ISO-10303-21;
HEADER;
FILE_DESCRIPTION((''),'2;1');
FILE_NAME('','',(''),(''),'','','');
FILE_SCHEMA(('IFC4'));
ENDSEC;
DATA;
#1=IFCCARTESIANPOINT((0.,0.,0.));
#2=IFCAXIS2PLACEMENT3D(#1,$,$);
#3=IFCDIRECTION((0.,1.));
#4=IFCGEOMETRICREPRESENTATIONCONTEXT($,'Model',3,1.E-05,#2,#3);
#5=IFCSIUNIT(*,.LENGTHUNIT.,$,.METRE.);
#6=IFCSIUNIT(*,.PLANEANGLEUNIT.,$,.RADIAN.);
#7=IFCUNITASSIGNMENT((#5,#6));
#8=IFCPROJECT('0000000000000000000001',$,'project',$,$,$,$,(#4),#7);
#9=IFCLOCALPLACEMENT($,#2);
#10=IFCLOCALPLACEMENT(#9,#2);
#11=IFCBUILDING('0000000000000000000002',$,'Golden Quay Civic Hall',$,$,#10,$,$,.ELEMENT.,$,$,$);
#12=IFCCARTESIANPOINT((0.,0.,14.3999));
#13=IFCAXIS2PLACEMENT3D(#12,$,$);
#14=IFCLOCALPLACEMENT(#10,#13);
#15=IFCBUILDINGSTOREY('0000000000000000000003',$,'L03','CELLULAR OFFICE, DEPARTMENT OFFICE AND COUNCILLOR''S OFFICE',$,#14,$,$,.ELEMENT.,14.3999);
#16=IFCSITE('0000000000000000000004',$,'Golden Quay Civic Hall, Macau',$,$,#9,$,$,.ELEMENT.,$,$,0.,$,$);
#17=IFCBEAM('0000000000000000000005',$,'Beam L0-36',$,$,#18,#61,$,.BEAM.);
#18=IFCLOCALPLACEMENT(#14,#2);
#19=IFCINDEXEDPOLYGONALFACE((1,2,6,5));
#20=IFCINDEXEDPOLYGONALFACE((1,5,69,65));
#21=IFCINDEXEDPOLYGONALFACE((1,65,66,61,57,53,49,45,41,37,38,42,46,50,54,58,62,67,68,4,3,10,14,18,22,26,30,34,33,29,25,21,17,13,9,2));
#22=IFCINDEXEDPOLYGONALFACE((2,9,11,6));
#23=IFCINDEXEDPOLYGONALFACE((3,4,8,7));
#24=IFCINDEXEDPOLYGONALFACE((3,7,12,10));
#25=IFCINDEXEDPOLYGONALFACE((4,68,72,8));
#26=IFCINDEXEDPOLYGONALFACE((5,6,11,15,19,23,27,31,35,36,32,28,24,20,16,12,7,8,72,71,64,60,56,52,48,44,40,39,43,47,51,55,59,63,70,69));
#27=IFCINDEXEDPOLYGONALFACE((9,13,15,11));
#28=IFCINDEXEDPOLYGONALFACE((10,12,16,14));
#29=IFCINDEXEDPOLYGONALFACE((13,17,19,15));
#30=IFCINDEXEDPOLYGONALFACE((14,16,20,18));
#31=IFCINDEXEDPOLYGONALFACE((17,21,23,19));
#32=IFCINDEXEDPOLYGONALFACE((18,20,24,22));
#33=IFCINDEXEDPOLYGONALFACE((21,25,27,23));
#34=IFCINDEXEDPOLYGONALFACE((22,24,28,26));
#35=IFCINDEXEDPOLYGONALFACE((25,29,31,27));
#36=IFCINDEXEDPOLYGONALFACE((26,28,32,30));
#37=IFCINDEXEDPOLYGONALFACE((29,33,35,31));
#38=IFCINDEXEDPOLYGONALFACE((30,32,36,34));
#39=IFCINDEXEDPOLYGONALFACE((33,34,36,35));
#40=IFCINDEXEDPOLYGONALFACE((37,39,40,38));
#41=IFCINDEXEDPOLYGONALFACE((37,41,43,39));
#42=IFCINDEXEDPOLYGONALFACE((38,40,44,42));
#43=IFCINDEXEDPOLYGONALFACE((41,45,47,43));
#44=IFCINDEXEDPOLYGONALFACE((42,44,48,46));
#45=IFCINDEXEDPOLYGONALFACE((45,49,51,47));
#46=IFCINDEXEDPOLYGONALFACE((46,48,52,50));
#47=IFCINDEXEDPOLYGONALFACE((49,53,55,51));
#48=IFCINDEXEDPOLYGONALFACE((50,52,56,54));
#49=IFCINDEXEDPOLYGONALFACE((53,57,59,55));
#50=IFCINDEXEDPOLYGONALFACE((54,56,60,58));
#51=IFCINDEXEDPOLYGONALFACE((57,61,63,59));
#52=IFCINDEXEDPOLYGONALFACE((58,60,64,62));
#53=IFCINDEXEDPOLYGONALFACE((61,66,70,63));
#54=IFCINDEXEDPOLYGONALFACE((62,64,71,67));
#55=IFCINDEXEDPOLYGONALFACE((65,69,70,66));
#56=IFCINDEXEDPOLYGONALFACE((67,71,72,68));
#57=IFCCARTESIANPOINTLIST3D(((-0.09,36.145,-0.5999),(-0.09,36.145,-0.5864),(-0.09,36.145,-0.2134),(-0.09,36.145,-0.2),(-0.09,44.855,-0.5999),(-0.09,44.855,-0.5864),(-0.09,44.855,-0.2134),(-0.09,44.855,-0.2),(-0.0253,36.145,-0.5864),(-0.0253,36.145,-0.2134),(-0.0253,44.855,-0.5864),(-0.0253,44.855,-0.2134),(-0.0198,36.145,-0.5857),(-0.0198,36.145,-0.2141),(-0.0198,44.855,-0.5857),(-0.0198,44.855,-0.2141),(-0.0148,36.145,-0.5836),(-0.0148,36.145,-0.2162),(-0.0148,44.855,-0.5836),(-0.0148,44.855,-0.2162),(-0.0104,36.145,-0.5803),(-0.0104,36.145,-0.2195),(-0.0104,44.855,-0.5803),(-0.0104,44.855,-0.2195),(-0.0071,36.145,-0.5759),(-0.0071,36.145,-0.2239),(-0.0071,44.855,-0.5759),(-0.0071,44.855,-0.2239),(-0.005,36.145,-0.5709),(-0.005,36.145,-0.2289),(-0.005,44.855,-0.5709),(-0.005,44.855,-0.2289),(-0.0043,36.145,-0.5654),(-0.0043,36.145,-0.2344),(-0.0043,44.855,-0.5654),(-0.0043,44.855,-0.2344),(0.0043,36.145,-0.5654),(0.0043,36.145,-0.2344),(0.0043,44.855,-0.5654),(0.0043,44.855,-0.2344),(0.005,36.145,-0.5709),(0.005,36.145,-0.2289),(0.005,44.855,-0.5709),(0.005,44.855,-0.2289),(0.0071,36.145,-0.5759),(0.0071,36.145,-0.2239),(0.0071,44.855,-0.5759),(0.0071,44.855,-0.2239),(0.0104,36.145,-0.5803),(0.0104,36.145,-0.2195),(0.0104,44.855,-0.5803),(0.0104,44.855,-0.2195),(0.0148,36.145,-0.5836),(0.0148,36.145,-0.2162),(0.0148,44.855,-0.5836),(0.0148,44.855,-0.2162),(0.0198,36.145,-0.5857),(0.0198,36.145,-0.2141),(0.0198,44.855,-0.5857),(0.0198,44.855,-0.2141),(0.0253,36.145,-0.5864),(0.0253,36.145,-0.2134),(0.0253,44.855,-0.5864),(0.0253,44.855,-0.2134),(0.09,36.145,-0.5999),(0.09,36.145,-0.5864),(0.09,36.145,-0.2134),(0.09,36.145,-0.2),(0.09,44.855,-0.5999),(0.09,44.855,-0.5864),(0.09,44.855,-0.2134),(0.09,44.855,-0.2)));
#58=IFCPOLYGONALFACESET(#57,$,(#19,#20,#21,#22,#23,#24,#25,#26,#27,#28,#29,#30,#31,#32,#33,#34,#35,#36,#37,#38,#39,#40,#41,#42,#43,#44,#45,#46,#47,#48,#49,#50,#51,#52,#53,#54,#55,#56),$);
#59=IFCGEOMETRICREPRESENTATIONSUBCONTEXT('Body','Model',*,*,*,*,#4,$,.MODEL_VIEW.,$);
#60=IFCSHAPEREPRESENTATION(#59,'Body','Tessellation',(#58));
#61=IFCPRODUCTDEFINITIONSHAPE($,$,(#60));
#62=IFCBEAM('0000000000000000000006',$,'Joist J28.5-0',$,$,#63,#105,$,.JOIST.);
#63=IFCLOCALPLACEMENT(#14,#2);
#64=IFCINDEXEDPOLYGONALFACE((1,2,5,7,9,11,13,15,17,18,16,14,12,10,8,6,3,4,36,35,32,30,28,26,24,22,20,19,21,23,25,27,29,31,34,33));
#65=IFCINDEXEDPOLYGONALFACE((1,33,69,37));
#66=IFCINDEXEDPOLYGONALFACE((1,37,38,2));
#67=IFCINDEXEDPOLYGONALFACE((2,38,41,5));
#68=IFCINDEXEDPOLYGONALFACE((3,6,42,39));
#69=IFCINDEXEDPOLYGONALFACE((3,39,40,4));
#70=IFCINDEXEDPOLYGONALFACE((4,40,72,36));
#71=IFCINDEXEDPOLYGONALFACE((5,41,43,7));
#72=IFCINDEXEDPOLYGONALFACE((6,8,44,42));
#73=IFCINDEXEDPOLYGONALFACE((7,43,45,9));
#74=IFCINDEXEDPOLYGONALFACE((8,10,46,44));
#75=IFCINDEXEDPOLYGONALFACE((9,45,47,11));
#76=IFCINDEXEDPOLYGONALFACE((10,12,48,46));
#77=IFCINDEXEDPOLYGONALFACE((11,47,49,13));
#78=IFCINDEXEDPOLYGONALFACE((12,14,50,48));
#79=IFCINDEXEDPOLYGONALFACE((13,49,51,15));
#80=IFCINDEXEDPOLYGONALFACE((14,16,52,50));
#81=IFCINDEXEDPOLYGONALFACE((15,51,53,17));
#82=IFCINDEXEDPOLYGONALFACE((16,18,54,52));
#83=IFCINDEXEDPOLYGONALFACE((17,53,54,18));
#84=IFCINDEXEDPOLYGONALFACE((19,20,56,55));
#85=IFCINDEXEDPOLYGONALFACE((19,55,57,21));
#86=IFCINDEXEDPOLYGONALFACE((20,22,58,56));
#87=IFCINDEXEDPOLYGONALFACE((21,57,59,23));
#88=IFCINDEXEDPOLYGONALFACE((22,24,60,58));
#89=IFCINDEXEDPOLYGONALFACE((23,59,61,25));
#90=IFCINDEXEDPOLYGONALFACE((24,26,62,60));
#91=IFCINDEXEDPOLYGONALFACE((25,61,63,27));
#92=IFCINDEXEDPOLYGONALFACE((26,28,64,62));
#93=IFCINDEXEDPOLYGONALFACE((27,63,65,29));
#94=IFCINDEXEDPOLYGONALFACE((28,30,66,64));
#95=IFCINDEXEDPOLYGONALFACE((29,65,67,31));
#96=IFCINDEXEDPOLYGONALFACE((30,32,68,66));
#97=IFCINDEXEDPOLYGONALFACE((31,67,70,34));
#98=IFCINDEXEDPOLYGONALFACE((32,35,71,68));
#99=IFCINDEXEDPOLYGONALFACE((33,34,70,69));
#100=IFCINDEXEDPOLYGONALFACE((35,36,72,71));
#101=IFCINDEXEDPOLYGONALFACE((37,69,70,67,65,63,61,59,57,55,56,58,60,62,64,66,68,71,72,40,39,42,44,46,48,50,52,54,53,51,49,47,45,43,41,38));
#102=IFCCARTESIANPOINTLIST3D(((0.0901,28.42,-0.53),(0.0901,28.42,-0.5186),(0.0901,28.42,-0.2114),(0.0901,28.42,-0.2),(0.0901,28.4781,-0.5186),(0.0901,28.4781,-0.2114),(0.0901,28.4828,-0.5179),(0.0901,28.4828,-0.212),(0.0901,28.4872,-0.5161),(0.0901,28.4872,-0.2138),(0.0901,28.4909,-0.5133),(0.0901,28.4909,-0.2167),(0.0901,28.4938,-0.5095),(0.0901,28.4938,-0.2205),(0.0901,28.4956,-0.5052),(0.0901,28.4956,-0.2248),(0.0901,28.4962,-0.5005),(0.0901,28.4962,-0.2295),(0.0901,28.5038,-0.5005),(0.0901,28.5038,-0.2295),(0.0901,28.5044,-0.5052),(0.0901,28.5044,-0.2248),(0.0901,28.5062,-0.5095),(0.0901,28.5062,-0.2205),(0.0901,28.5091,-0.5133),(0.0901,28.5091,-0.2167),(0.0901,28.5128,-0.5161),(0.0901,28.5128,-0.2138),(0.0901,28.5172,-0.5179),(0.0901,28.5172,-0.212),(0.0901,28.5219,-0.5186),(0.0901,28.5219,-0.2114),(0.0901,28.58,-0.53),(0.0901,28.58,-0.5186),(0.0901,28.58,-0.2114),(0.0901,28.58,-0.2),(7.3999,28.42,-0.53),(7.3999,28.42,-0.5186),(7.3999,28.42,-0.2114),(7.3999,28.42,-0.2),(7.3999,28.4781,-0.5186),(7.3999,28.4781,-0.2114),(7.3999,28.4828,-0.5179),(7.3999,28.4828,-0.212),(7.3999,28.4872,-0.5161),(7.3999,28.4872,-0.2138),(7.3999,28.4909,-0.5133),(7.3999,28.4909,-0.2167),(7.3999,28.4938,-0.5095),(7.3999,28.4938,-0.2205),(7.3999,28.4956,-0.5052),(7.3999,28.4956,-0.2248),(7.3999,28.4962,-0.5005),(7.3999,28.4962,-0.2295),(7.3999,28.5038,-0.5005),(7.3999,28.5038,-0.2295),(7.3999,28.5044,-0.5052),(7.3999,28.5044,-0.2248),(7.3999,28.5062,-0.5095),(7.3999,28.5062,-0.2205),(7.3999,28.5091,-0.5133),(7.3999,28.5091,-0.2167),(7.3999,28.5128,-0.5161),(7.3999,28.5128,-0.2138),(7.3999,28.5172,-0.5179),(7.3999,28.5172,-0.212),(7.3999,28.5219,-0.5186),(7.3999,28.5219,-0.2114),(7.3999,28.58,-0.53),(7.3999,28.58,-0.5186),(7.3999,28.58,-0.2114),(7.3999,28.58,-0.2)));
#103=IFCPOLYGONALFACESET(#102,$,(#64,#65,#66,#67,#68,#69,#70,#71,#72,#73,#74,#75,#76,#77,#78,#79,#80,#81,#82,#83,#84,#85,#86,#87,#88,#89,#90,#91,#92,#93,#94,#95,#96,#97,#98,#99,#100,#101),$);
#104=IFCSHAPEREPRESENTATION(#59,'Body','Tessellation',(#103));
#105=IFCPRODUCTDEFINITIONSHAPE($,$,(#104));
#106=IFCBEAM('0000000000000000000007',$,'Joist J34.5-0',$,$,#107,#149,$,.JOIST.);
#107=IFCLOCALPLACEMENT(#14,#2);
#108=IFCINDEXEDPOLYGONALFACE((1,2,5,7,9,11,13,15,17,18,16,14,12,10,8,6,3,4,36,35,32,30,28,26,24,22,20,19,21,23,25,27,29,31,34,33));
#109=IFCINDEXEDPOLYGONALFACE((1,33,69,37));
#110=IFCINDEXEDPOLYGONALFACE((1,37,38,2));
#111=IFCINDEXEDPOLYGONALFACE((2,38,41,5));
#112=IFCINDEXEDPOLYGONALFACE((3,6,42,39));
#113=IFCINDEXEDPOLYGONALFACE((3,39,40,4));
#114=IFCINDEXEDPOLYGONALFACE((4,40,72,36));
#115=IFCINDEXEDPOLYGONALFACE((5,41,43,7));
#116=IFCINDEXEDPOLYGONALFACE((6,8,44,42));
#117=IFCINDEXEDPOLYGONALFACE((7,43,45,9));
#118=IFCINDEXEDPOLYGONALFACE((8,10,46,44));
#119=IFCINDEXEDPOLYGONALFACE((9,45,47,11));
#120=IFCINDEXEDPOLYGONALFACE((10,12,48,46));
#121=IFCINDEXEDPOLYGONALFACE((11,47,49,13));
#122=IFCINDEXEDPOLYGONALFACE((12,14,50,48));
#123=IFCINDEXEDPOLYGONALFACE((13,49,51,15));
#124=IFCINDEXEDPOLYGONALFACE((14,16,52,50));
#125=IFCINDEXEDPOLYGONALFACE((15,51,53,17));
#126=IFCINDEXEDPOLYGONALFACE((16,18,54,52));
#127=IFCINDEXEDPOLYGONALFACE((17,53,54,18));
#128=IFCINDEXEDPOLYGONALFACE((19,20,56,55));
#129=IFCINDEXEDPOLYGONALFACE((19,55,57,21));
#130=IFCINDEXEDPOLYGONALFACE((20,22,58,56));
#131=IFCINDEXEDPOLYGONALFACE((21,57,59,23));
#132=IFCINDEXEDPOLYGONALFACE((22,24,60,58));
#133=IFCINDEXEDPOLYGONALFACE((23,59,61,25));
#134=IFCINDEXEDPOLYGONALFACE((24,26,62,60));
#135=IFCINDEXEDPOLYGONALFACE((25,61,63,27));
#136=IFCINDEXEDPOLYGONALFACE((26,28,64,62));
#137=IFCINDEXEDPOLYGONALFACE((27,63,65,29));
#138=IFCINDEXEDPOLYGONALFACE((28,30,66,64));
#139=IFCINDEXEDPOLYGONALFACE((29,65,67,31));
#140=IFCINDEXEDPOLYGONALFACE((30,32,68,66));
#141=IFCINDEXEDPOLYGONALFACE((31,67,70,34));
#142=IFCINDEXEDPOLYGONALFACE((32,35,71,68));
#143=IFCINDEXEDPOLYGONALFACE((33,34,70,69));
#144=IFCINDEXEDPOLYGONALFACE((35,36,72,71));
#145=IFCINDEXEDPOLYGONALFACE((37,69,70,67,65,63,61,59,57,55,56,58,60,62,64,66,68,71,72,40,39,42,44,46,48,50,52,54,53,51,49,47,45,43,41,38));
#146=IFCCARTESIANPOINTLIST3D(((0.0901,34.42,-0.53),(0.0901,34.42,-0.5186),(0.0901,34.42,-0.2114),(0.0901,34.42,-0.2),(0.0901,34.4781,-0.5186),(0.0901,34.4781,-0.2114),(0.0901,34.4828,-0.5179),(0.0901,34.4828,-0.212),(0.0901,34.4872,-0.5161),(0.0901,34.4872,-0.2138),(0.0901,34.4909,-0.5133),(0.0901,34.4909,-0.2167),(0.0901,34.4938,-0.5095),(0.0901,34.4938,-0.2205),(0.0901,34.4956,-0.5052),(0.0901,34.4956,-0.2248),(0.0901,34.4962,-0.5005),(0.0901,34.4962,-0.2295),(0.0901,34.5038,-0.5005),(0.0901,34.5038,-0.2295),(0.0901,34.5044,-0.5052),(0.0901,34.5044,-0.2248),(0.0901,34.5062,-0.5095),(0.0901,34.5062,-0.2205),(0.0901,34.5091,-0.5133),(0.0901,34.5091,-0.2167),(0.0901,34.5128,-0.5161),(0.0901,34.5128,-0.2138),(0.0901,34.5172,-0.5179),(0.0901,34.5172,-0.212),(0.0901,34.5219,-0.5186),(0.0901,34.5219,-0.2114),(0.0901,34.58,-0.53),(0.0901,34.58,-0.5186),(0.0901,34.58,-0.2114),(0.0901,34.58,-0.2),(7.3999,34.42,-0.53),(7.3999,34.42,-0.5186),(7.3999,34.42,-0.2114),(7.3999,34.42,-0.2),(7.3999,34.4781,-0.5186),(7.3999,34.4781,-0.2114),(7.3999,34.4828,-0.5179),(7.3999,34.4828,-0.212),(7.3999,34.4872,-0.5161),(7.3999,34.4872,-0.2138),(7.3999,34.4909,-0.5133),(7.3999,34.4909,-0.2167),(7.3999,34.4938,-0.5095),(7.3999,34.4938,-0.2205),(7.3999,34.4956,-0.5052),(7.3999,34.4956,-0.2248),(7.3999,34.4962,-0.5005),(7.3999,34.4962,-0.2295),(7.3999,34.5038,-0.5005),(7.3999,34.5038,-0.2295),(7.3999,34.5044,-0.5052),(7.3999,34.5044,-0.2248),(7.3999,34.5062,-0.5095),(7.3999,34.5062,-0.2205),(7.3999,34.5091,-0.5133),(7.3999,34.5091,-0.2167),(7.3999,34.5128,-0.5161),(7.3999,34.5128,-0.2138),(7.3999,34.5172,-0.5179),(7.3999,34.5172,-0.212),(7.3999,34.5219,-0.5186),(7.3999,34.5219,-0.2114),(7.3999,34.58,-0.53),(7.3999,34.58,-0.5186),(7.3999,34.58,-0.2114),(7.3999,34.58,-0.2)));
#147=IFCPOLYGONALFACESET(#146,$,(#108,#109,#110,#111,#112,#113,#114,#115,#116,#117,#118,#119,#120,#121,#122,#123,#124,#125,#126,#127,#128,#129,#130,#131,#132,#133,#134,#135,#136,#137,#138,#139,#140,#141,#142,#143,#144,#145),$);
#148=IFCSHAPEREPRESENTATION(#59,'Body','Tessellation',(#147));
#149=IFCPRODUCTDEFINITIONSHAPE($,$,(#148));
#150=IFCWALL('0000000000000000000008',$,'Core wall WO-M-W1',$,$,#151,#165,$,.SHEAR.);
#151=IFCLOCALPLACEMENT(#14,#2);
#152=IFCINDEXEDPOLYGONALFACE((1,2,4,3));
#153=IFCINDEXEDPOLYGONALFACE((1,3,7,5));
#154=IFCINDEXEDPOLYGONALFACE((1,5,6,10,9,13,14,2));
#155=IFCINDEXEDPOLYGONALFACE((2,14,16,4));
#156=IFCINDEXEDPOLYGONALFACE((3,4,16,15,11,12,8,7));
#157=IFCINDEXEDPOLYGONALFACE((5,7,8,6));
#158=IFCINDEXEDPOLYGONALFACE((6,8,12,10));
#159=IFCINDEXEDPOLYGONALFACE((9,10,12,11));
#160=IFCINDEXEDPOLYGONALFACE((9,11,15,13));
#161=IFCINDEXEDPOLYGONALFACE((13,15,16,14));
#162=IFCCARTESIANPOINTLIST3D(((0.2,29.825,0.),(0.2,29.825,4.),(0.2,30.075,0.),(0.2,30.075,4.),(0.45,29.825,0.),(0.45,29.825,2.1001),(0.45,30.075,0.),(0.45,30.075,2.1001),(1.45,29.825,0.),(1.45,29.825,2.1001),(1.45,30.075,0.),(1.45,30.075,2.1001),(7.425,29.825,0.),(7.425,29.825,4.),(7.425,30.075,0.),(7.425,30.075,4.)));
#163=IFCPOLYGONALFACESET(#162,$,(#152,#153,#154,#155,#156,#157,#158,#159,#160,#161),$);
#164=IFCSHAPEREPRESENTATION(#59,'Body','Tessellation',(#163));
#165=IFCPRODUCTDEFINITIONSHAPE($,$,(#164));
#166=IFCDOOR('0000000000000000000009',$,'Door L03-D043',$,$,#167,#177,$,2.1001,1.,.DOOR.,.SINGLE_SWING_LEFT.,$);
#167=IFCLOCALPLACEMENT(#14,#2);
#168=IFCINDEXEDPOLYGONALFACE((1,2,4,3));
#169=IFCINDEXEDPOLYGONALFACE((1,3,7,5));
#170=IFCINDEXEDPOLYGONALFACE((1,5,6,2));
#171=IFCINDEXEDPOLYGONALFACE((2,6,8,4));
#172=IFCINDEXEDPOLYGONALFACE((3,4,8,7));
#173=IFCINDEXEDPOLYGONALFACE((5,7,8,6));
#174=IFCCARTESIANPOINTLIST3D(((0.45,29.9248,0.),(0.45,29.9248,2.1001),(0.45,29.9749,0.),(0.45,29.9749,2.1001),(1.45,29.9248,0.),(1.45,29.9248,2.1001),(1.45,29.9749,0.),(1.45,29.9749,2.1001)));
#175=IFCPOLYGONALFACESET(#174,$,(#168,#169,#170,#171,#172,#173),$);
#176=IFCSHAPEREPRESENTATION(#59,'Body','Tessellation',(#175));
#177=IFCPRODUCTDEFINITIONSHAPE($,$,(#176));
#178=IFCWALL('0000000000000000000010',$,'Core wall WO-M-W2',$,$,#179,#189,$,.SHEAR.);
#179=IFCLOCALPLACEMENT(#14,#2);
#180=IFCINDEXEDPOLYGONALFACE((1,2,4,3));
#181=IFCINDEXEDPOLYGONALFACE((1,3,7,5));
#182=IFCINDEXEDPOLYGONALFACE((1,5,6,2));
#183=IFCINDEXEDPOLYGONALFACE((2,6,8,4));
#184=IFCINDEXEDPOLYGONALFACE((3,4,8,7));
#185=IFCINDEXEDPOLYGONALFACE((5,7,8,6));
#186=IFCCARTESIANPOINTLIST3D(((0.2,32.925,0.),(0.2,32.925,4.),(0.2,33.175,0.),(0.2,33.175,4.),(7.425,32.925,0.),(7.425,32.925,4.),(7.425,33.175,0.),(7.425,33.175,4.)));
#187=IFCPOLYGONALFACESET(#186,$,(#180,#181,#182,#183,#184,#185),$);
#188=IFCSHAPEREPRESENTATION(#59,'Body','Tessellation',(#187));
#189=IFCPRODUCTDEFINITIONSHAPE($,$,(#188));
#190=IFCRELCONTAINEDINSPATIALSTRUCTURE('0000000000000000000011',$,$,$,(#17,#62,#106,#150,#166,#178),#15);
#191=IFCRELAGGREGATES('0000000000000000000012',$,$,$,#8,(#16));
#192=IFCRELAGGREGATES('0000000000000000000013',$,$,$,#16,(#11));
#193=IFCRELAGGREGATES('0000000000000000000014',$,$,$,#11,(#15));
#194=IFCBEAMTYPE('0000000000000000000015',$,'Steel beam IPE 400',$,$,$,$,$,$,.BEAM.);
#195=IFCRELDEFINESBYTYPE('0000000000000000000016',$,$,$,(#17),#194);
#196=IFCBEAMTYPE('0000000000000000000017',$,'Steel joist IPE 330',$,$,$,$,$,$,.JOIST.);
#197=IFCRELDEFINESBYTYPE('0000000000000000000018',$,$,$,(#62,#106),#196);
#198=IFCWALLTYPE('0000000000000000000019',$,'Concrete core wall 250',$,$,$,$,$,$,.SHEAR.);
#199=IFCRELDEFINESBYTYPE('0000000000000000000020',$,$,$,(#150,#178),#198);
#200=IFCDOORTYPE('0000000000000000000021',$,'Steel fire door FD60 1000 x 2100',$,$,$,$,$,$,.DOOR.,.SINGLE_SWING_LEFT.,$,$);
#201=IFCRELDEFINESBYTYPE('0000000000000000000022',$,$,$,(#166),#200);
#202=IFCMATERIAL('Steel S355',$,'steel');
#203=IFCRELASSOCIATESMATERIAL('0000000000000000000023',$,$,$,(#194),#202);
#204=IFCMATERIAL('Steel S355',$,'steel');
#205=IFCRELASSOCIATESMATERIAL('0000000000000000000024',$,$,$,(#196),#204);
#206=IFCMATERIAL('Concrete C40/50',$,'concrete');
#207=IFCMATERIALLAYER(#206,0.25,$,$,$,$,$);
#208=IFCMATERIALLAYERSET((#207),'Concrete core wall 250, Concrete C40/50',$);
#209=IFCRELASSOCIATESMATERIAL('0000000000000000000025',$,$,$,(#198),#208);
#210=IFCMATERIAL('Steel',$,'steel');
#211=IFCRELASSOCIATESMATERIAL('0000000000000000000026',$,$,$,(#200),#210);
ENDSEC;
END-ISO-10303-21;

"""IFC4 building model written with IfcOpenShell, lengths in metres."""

from ifc_helpers import new_model, si_unit, direction, frame, frame_2d, origin, origin_2d, place, context, subcontext, project, spatial, rectangle, i_section, extrude, material, layer, layer_set, material_profile, profile_set, type_object, element, fill, save


model = new_model("IFC4")

# Units and contexts
model_context = context("Model", 3, precision=1e-05, world=origin(), true_north=direction((0.0, 1.0)))
body_context = subcontext(model_context, "Body", "Model", "MODEL_VIEW")
ifc_project = project(units=[si_unit("LENGTHUNIT", "METRE"), si_unit("PLANEANGLEUNIT", "RADIAN")], contexts=[model_context])

# Site, building, storey
site_placement = place(None, origin())
site = spatial("IfcSite", under=ifc_project, at=site_placement, Name="Golden Quay Civic Hall, Macau", CompositionType="ELEMENT", RefElevation=0.0)
building_placement = place(site_placement, origin())
building = spatial("IfcBuilding", under=site, at=building_placement, Name="Golden Quay Civic Hall", CompositionType="ELEMENT")
storey_placement = place(building_placement, frame((0.0, 0.0, 14.3999)))
storey = spatial("IfcBuildingStorey", under=building, at=storey_placement, Name="L03", Description="CELLULAR OFFICE, DEPARTMENT OFFICE AND COUNCILLOR'S OFFICE", CompositionType="ELEMENT", Elevation=14.3999)

# Beams
ifc_material_1 = material(Name="Steel S355", Category="steel")
ifc_material_profile_1 = material_profile(ifc_material_1, i_section(OverallWidth=0.1799, OverallDepth=0.3999, WebThickness=0.0085, FlangeThickness=0.0134, FilletRadius=0.021, at=origin_2d()), Name="IPE 400")
ifc_profile_set_1 = profile_set([ifc_material_profile_1], Name="Steel S355")
beam_type_1 = type_object("IfcBeamType", Name="Steel beam IPE 400", PredefinedType="BEAM", material=ifc_profile_set_1)
for number, where, z_axis, x_axis, name in (
    (1, (0.0, 36.145, -0.3999), (0.0, 1.0, 0.0), (-1.0, 0.0, 0.0), "Beam L0-36"),
):
    element("IfcBeam", number, at=place(storey_placement, frame(where, z_axis=z_axis, x_axis=x_axis)), inside=storey, type_object=beam_type_1, Name=name, PredefinedType="BEAM", context=body_context, shape_type="SweptSolid", body=[
        extrude(i_section(OverallWidth=0.1799, OverallDepth=0.3999, WebThickness=0.0085, FlangeThickness=0.0134, FilletRadius=0.021, at=origin_2d()), origin(), (0.0, 0.0, 1.0), 8.71),
    ])
ifc_material_2 = material(Name="Steel S355", Category="steel")
ifc_material_profile_2 = material_profile(ifc_material_2, i_section(OverallWidth=0.1599, OverallDepth=0.3301, WebThickness=0.0076, FlangeThickness=0.0115, FilletRadius=0.0181, at=origin_2d()), Name="IPE 330")
ifc_profile_set_2 = profile_set([ifc_material_profile_2], Name="Steel S355")
beam_type_2 = type_object("IfcBeamType", Name="Steel joist IPE 330", PredefinedType="JOIST", material=ifc_profile_set_2)
for number, where, z_axis, x_axis, name in (
    (2, (0.0901, 28.5, -0.365), (1.0, 0.0, 0.0), (0.0, 1.0, 0.0), "Joist J28.5-0"),
    (3, (0.0901, 34.5, -0.365), (1.0, 0.0, 0.0), (0.0, 1.0, 0.0), "Joist J34.5-0"),
):
    element("IfcBeam", number, at=place(storey_placement, frame(where, z_axis=z_axis, x_axis=x_axis)), inside=storey, type_object=beam_type_2, Name=name, PredefinedType="JOIST", context=body_context, shape_type="SweptSolid", body=[
        extrude(i_section(OverallWidth=0.1599, OverallDepth=0.3301, WebThickness=0.0076, FlangeThickness=0.0115, FilletRadius=0.0181, at=origin_2d()), origin(), (0.0, 0.0, 1.0), 7.3098),
    ])

# Wall, opening, door
ifc_material_3 = material(Name="Concrete C40/50", Category="concrete")
ifc_layer_1 = layer(ifc_material_3, 0.25)
ifc_layer_set_1 = layer_set([ifc_layer_1], Name="Concrete core wall 250, Concrete C40/50")
wall_type_1 = type_object("IfcWallType", Name="Concrete core wall 250", PredefinedType="SHEAR", material=ifc_layer_set_1)
wall_1_placement = place(storey_placement, frame((0.2, 29.95, 0.0), z_axis=(0.0, 0.0, 1.0), x_axis=(1.0, 0.0, 0.0)))
wall_1 = element("IfcWall", 4, at=wall_1_placement, inside=storey, type_object=wall_type_1, Name="Core wall WO-M-W1", PredefinedType="SHEAR", context=body_context, shape_type="SweptSolid", body=[
    extrude(rectangle(XDim=7.2251, YDim=0.25, at=frame_2d((3.6125, 0.0))), origin(), (0.0, 0.0, 1.0), 4.0),
])
opening_1_placement = place(wall_1_placement, frame((0.25, 0.0, 0.0)))
opening_1 = element("IfcOpeningElement", 5, at=opening_1_placement, cuts=wall_1, PredefinedType="OPENING", context=body_context, shape_type="SweptSolid", body=[
    extrude(rectangle(XDim=1.0, YDim=2.1001, at=frame_2d((0.5, 1.05))), frame((0.0, 0.135, 0.0), z_axis=(0.0, -1.0, 0.0), x_axis=(1.0, 0.0, 0.0)), (0.0, 0.0, 1.0), 0.27),
])
ifc_material_4 = material(Name="Steel", Category="steel")
door_type = type_object("IfcDoorType", Name="Steel fire door FD60 1000 x 2100", OperationType="SINGLE_SWING_LEFT", PredefinedType="DOOR", material=ifc_material_4)
door_placement = place(opening_1_placement, origin())
door = element("IfcDoor", 6, at=door_placement, inside=storey, type_object=door_type, Name="Door L03-D043", OperationType="SINGLE_SWING_LEFT", OverallHeight=2.1001, OverallWidth=1.0, PredefinedType="DOOR", context=body_context, shape_type="SweptSolid", body=[
    extrude(rectangle(XDim=1.0, YDim=2.1001, at=frame_2d((0.5, 1.05))), frame((0.0, 0.0249, 0.0), z_axis=(0.0, -1.0, 0.0), x_axis=(1.0, 0.0, 0.0)), (0.0, 0.0, 1.0), 0.05),
])
fill(opening_1, door)

# Wall
wall_2_placement = place(storey_placement, frame((0.2, 33.05, 0.0), z_axis=(0.0, 0.0, 1.0), x_axis=(1.0, 0.0, 0.0)))
element("IfcWall", 7, at=wall_2_placement, inside=storey, type_object=wall_type_1, Name="Core wall WO-M-W2", PredefinedType="SHEAR", context=body_context, shape_type="SweptSolid", body=[
    extrude(rectangle(XDim=7.2251, YDim=0.25, at=frame_2d((3.6125, 0.0))), origin(), (0.0, 0.0, 1.0), 4.0),
])

save(model, "model.ifc")
